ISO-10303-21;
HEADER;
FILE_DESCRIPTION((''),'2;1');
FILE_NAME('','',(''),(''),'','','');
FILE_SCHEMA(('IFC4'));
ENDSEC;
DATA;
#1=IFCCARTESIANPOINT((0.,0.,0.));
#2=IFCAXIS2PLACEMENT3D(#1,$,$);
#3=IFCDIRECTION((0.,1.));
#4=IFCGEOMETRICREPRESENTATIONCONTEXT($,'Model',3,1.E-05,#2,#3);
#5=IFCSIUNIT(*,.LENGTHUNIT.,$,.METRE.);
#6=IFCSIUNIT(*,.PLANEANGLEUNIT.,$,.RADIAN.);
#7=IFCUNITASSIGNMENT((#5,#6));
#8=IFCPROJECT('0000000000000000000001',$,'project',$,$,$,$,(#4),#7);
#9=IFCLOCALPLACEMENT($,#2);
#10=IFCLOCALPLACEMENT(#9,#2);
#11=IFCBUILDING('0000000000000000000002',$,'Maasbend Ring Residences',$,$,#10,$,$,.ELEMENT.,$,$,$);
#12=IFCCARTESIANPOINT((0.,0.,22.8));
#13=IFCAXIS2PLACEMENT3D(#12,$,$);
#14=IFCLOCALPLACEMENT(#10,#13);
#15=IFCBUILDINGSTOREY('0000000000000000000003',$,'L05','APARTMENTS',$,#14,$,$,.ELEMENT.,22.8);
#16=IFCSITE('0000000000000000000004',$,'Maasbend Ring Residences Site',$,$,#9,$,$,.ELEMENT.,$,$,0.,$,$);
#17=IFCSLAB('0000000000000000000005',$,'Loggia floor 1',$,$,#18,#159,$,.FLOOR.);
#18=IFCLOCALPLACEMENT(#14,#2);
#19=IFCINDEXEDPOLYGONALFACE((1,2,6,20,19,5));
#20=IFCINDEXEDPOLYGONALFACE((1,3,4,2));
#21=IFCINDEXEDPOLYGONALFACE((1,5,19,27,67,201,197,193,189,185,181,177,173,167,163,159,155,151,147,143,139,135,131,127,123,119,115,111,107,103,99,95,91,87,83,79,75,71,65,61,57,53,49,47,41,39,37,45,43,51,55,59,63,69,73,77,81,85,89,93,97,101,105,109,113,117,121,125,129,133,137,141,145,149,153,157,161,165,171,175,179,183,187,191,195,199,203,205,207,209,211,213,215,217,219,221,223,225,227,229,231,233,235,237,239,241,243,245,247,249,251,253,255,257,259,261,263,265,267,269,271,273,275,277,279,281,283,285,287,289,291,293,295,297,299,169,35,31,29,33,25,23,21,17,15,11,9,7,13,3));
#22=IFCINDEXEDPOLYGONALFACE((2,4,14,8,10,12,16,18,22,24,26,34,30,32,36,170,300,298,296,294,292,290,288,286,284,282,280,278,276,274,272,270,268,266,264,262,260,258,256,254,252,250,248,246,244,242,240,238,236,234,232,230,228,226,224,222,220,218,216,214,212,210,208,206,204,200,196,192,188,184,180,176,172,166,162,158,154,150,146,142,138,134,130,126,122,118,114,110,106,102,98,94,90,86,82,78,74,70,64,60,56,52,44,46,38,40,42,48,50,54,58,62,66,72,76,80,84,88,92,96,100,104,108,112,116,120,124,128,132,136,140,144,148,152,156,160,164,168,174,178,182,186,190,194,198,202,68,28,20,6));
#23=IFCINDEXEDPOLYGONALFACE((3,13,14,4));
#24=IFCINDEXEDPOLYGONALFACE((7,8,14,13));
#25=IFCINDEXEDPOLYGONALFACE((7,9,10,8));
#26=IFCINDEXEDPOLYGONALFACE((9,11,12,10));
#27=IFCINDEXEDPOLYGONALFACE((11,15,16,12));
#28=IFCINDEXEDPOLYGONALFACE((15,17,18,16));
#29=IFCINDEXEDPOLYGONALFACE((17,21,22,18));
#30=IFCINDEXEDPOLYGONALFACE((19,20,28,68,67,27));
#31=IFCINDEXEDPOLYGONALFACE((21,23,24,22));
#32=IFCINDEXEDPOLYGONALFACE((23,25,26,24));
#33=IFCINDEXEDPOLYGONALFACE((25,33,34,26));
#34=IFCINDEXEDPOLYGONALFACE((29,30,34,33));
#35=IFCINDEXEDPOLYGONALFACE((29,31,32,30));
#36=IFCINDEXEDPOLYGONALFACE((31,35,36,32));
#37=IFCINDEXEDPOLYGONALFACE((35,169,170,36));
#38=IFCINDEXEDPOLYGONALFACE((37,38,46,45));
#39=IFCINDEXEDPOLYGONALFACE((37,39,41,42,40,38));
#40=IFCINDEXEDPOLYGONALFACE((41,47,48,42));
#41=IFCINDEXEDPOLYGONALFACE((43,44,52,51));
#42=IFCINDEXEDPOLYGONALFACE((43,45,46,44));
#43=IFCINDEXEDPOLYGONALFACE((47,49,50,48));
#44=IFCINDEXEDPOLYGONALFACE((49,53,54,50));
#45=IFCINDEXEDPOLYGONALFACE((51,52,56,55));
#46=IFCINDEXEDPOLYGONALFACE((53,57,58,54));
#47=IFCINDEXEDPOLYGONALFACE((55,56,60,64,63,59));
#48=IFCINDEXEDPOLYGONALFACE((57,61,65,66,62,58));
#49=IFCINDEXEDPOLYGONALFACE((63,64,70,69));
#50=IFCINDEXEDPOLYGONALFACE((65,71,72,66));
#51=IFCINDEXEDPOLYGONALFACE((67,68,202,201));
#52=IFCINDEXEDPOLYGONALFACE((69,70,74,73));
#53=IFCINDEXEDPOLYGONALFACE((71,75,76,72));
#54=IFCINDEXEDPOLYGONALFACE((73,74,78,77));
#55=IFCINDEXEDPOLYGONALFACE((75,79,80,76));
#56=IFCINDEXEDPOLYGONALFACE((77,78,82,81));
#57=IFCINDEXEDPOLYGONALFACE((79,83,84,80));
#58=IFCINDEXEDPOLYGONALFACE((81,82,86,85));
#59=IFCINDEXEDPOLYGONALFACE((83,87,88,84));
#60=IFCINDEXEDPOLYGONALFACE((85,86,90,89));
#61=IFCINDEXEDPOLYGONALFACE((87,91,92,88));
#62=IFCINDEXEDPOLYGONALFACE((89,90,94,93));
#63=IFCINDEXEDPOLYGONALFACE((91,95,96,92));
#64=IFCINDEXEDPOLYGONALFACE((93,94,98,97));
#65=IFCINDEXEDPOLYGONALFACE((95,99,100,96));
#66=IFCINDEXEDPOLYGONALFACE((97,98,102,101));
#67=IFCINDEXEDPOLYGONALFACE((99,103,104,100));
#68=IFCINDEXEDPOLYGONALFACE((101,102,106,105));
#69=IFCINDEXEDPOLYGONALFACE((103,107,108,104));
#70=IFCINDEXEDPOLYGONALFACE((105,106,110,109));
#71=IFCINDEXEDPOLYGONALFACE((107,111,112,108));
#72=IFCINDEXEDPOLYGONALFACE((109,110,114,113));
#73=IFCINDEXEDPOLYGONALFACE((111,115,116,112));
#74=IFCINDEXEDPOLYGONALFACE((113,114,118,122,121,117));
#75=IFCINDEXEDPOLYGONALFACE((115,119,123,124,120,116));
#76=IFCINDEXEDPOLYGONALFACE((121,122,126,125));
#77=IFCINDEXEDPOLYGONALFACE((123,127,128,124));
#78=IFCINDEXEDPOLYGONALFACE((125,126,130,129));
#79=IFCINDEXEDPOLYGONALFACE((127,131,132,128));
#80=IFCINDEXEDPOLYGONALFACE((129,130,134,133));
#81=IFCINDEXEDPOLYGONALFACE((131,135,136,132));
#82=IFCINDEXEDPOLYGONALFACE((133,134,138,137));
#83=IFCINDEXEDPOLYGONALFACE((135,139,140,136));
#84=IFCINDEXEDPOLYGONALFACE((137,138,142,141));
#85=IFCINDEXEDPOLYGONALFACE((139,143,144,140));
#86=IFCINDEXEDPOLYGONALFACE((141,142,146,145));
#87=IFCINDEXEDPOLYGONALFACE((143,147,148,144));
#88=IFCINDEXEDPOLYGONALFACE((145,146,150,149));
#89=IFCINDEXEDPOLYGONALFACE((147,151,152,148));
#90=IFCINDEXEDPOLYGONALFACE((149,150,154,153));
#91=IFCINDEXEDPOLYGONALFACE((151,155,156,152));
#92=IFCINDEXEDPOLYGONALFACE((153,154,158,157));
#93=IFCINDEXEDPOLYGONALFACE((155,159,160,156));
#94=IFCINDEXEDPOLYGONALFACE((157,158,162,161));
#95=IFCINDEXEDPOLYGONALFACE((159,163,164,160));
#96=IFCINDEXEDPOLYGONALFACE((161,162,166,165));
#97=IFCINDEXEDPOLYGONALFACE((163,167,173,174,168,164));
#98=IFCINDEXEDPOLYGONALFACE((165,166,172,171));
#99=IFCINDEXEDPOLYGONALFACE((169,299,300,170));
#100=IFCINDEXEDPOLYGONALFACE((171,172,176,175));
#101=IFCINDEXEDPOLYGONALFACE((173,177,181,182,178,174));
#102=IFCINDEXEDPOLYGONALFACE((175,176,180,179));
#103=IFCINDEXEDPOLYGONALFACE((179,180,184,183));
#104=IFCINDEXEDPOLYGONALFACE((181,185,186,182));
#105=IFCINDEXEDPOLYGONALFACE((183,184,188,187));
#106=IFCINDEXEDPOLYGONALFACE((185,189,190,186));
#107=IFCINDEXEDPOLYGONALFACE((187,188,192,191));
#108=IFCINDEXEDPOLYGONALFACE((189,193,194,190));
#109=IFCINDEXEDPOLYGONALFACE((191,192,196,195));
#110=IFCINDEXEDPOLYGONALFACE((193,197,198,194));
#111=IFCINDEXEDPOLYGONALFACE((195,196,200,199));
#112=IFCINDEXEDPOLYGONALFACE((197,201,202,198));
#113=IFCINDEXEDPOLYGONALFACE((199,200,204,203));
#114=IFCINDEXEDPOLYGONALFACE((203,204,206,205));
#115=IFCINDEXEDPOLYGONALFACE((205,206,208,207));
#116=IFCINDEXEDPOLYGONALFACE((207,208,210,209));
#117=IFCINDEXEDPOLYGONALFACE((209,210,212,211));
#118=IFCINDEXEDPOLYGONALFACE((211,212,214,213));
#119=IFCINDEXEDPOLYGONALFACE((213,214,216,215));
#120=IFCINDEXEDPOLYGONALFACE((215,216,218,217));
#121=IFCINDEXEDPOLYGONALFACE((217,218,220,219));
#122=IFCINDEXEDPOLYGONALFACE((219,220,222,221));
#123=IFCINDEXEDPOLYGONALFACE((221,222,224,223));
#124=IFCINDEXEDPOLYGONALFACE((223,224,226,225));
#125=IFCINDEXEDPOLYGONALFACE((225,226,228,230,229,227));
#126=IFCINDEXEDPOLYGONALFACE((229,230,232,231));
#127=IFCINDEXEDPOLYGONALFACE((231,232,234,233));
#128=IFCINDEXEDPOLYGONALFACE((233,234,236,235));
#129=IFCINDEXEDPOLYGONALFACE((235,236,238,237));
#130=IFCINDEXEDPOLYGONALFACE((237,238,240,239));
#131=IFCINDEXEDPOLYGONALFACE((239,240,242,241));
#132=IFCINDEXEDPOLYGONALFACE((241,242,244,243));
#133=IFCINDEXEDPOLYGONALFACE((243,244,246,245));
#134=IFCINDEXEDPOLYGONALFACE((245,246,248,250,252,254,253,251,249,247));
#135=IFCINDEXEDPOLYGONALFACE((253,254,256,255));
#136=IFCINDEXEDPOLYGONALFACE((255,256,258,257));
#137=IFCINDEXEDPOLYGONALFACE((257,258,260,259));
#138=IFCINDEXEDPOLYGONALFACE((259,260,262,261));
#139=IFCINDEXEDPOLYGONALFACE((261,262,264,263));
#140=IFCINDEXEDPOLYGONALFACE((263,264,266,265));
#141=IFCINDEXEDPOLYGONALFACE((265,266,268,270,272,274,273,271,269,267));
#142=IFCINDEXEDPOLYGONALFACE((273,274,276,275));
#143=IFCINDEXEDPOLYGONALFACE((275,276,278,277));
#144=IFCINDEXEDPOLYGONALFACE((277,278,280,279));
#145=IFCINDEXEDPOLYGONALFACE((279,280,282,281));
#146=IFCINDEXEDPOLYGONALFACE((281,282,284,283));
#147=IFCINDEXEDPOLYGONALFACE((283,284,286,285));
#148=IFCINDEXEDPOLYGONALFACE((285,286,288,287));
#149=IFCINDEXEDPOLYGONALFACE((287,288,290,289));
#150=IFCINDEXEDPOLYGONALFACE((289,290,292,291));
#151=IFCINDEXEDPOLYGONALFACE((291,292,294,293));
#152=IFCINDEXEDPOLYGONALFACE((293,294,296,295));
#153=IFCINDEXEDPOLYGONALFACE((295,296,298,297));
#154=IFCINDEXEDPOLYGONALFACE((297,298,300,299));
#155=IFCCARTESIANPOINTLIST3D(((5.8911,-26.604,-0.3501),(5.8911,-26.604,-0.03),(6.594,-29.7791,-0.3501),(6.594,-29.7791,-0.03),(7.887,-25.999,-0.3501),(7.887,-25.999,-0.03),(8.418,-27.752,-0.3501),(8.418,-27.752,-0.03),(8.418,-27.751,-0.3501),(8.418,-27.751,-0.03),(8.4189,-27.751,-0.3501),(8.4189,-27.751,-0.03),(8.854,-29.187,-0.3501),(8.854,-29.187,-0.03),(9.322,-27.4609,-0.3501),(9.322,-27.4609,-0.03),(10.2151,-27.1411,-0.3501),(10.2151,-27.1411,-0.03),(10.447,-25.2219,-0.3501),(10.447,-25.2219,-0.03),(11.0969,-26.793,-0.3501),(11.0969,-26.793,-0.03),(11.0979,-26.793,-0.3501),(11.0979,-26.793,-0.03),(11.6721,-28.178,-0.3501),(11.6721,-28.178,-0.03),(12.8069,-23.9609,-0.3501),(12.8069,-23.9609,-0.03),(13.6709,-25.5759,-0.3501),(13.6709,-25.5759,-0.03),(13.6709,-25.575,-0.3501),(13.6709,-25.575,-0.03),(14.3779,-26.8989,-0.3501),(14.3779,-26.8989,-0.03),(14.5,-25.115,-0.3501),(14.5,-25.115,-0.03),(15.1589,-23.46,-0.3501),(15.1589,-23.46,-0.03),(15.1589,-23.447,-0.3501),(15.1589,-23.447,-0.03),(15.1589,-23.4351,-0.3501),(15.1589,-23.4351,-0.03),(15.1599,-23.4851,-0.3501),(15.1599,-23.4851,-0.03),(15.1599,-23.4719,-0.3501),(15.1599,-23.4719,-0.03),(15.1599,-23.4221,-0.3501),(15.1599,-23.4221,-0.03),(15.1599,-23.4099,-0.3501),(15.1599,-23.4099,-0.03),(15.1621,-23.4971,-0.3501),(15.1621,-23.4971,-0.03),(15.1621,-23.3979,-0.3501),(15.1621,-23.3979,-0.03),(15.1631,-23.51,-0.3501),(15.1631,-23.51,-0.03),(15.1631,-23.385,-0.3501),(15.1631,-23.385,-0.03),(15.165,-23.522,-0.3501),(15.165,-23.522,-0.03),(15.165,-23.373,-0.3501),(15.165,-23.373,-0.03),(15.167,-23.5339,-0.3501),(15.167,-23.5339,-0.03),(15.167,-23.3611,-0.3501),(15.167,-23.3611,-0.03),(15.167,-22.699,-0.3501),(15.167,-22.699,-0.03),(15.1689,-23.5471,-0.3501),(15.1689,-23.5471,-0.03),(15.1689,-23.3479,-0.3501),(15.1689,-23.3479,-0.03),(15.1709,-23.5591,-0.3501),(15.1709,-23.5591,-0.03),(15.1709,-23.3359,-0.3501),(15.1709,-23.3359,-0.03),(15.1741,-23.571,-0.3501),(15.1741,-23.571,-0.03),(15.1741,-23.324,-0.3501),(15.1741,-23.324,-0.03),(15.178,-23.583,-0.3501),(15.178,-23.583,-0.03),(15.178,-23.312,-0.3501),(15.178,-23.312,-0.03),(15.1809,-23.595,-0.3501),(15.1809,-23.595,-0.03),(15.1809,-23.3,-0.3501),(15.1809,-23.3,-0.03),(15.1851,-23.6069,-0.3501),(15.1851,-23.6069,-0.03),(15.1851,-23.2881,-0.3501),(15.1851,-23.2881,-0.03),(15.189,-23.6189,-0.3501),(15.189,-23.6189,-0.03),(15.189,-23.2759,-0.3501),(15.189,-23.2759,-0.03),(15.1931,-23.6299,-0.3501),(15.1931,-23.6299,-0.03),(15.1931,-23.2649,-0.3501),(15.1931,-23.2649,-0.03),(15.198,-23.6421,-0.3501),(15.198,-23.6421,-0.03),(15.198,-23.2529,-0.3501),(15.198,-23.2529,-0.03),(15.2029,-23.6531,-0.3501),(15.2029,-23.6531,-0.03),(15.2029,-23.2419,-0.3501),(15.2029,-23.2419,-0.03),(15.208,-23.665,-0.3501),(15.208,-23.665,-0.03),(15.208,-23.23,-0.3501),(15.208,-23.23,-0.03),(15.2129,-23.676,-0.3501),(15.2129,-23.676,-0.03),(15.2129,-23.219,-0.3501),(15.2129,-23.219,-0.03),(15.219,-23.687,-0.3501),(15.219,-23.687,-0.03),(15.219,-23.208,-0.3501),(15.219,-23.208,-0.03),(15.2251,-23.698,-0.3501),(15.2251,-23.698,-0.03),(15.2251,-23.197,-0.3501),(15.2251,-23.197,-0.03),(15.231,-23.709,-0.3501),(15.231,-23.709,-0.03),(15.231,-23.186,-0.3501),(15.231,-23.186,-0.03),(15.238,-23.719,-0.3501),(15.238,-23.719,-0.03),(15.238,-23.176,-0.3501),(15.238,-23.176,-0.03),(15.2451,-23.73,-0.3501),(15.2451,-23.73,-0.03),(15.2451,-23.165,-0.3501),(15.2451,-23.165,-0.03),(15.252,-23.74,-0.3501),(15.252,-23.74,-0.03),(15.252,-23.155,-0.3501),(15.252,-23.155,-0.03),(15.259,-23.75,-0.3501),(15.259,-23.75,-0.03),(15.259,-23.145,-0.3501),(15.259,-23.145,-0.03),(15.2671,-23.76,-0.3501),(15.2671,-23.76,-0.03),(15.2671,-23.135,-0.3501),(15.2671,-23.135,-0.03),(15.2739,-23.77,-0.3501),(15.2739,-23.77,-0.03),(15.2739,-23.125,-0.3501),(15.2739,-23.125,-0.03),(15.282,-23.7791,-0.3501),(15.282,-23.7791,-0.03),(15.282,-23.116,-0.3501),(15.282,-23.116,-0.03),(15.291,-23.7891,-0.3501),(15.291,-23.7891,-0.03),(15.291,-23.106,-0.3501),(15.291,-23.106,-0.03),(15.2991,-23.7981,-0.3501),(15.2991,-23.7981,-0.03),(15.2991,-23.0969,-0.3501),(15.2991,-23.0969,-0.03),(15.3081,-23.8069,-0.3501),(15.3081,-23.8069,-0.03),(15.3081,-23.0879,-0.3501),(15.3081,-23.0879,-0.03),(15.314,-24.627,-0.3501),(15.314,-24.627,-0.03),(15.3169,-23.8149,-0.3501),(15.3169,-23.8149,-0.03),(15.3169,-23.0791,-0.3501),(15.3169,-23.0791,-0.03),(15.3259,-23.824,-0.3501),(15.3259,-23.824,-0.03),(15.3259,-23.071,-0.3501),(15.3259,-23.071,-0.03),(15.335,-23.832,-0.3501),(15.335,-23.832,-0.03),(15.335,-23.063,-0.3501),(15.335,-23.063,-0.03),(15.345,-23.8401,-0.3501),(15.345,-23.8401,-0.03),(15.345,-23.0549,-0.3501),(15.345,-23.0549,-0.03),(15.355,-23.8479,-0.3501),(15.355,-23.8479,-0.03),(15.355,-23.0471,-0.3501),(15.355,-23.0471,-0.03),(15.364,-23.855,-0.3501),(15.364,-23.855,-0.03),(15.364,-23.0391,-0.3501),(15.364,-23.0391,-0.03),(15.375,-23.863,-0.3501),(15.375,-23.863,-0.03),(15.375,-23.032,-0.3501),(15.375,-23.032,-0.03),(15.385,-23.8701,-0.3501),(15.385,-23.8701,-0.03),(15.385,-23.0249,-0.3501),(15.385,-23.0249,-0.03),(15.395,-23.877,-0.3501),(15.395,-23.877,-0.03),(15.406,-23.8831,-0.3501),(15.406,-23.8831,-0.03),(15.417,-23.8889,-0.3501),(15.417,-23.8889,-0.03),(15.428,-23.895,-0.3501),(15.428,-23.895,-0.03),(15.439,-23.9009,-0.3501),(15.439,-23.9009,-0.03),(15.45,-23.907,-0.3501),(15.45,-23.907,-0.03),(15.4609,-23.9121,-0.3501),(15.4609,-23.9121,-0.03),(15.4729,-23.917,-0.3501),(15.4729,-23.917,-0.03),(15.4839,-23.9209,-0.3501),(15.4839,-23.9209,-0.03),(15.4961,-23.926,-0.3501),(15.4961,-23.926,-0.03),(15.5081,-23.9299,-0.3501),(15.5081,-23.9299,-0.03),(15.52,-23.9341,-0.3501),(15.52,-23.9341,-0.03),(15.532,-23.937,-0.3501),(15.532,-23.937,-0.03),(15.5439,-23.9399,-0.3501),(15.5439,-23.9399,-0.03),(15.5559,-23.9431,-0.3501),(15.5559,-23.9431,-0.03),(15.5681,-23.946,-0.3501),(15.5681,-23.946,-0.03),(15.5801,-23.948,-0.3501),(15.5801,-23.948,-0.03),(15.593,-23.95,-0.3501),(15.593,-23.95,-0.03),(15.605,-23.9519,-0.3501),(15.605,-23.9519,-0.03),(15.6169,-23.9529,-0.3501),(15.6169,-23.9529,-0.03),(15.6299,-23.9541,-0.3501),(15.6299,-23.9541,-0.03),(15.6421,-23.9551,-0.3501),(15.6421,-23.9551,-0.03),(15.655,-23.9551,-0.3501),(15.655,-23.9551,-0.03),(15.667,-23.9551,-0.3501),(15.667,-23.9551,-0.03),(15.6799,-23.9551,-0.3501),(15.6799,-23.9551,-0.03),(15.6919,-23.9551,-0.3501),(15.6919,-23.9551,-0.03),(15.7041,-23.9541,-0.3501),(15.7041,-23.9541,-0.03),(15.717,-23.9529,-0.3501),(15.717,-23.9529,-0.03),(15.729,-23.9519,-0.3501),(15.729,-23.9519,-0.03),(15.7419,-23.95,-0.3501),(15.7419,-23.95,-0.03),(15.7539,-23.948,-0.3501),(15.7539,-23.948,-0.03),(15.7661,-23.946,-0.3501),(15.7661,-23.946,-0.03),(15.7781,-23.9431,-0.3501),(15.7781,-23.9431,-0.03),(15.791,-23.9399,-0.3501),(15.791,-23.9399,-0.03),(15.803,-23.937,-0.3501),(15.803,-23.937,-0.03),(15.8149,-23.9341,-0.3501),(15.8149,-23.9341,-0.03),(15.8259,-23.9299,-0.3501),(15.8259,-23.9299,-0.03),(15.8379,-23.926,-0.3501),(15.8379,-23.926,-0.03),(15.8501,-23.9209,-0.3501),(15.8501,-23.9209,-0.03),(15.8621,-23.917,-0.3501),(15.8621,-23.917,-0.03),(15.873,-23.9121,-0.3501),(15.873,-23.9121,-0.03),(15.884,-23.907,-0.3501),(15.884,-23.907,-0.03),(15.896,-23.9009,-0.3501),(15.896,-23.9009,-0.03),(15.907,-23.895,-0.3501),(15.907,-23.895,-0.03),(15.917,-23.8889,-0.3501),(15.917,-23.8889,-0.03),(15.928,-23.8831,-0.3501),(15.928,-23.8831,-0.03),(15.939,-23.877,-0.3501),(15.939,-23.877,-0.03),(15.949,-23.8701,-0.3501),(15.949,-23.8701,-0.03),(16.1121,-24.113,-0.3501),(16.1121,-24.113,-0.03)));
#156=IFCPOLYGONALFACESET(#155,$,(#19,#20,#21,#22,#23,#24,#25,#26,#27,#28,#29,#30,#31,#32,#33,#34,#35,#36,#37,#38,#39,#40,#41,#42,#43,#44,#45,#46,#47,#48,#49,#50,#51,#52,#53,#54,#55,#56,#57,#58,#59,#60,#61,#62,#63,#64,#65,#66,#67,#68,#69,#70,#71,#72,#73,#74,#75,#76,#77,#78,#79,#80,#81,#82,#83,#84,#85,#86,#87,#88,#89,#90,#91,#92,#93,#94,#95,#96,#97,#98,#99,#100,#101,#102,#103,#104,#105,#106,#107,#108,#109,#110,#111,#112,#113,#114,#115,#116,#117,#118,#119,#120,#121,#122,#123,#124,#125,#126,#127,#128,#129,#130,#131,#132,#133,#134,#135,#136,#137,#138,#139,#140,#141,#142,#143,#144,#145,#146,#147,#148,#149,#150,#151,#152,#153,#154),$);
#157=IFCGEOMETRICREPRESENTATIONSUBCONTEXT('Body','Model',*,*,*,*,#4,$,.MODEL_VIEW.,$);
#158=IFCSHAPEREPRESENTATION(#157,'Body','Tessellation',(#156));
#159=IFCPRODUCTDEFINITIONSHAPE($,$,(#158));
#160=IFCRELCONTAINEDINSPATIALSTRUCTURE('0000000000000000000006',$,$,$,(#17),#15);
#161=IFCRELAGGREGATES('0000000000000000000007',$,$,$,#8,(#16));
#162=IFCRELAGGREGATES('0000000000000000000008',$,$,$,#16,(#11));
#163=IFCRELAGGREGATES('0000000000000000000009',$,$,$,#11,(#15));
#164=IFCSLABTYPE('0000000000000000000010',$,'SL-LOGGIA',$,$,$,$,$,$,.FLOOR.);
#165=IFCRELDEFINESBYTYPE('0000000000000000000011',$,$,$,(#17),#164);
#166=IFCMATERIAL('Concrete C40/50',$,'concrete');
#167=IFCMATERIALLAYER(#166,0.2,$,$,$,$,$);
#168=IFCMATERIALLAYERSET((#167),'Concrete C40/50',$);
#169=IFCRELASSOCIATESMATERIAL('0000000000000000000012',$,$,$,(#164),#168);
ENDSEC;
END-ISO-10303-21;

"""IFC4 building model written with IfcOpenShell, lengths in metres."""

from ifc_helpers import new_model, si_unit, direction, frame, origin, place, context, subcontext, project, spatial, polyline, outline, extrude, material, layer, layer_set, type_object, element, save


model = new_model("IFC4")

# Units and contexts
model_context = context("Model", 3, precision=1e-05, world=origin(), true_north=direction((0.0, 1.0)))
body_context = subcontext(model_context, "Body", "Model", "MODEL_VIEW")
ifc_project = project(units=[si_unit("LENGTHUNIT", "METRE"), si_unit("PLANEANGLEUNIT", "RADIAN")], contexts=[model_context])

# Site, building, storey
site_placement = place(None, origin())
site = spatial("IfcSite", under=ifc_project, at=site_placement, Name="Maasbend Ring Residences Site", CompositionType="ELEMENT", RefElevation=0.0)
building_placement = place(site_placement, origin())
building = spatial("IfcBuilding", under=site, at=building_placement, Name="Maasbend Ring Residences", CompositionType="ELEMENT")
storey_placement = place(building_placement, frame((0.0, 0.0, 22.8)))
storey = spatial("IfcBuildingStorey", under=building, at=storey_placement, Name="L05", Description="APARTMENTS", CompositionType="ELEMENT", Elevation=22.8)

# Slab
ifc_material_1 = material(Name="Concrete C40/50", Category="concrete")
ifc_layer_1 = layer(ifc_material_1, 0.2)
ifc_layer_set_1 = layer_set([ifc_layer_1], Name="Concrete C40/50")
slab_type = type_object("IfcSlabType", Name="SL-LOGGIA", PredefinedType="FLOOR", material=ifc_layer_set_1)
slab_1_placement = place(storey_placement, frame((0.0, 0.0, -0.3501)))
element("IfcSlab", 1, at=slab_1_placement, inside=storey, type_object=slab_type, Name="Loggia floor 1", PredefinedType="FLOOR", context=body_context, shape_type="SweptSolid", body=[
    extrude(outline(polyline([(10.447, -25.2219), (12.8069, -23.9609), (15.167, -22.699), (15.167, -22.699), (15.167, -22.699), (15.385, -23.0249), (15.375, -23.032), (15.364, -23.0391), (15.355, -23.0471), (15.345, -23.0549), (15.335, -23.063), (15.3259, -23.071), (15.3169, -23.0791), (15.3081, -23.0879), (15.2991, -23.0969), (15.291, -23.106), (15.282, -23.116), (15.2739, -23.125), (15.2671, -23.135), (15.259, -23.145), (15.252, -23.155), (15.2451, -23.165), (15.238, -23.176), (15.231, -23.186), (15.2251, -23.197), (15.219, -23.208), (15.2129, -23.219), (15.208, -23.23), (15.2029, -23.2419), (15.198, -23.2529), (15.1931, -23.2649), (15.189, -23.2759), (15.1851, -23.2881), (15.1809, -23.3), (15.178, -23.312), (15.1741, -23.324), (15.1709, -23.3359), (15.1689, -23.3479), (15.167, -23.3611), (15.165, -23.373), (15.1631, -23.385), (15.1621, -23.3979), (15.1599, -23.4099), (15.1599, -23.4221), (15.1589, -23.4351), (15.1589, -23.447), (15.1589, -23.46), (15.1599, -23.4719), (15.1599, -23.4851), (15.1621, -23.4971), (15.1631, -23.51), (15.165, -23.522), (15.167, -23.5339), (15.1689, -23.5471), (15.1709, -23.5591), (15.1741, -23.571), (15.178, -23.583), (15.1809, -23.595), (15.1851, -23.6069), (15.189, -23.6189), (15.1931, -23.6299), (15.198, -23.6421), (15.2029, -23.6531), (15.208, -23.665), (15.2129, -23.676), (15.219, -23.687), (15.2251, -23.698), (15.231, -23.709), (15.238, -23.719), (15.2451, -23.73), (15.252, -23.74), (15.259, -23.75), (15.2671, -23.76), (15.2739, -23.77), (15.282, -23.7791), (15.291, -23.7891), (15.2991, -23.7981), (15.3081, -23.8069), (15.3169, -23.8149), (15.3259, -23.824), (15.335, -23.832), (15.345, -23.8401), (15.355, -23.8479), (15.364, -23.855), (15.375, -23.863), (15.385, -23.8701), (15.395, -23.877), (15.406, -23.8831), (15.417, -23.8889), (15.428, -23.895), (15.439, -23.9009), (15.45, -23.907), (15.4609, -23.9121), (15.4729, -23.917), (15.4839, -23.9209), (15.4961, -23.926), (15.5081, -23.9299), (15.52, -23.9341), (15.532, -23.937), (15.5439, -23.9399), (15.5559, -23.9431), (15.5681, -23.946), (15.5801, -23.948), (15.593, -23.95), (15.605, -23.9519), (15.6169, -23.9529), (15.6299, -23.9541), (15.6421, -23.9551), (15.655, -23.9551), (15.667, -23.9551), (15.6799, -23.9551), (15.6919, -23.9551), (15.7041, -23.9541), (15.717, -23.9529), (15.729, -23.9519), (15.7419, -23.95), (15.7539, -23.948), (15.7661, -23.946), (15.7781, -23.9431), (15.791, -23.9399), (15.803, -23.937), (15.8149, -23.9341), (15.8259, -23.9299), (15.8379, -23.926), (15.8501, -23.9209), (15.8621, -23.917), (15.873, -23.9121), (15.884, -23.907), (15.896, -23.9009), (15.907, -23.895), (15.917, -23.8889), (15.928, -23.8831), (15.939, -23.877), (15.949, -23.8701), (16.1121, -24.113), (16.1121, -24.113), (16.1121, -24.113), (15.314, -24.627), (15.314, -24.627), (14.5, -25.115), (14.5, -25.115), (13.6709, -25.575), (13.6709, -25.5759), (13.6709, -25.5759), (13.6709, -25.5759), (13.6709, -25.5759), (13.6709, -25.5759), (13.6709, -25.5759), (13.6709, -25.5759), (13.6709, -25.5759), (13.6709, -25.5759), (13.6709, -25.5759), (13.6709, -25.5759), (13.6709, -25.5759), (13.6709, -25.5759), (13.6709, -25.5759), (13.6709, -25.5759), (13.6709, -25.5759), (14.3779, -26.8989), (14.3779, -26.8989), (14.3779, -26.8989), (11.6721, -28.178), (11.6721, -28.178), (11.6721, -28.178), (11.0979, -26.793), (11.0979, -26.793), (11.0979, -26.793), (11.0979, -26.793), (11.0979, -26.793), (11.0979, -26.793), (11.0979, -26.793), (11.0979, -26.793), (11.0979, -26.793), (11.0979, -26.793), (11.0979, -26.793), (11.0979, -26.793), (11.0979, -26.793), (11.0979, -26.793), (11.0969, -26.793), (11.0969, -26.793), (11.0969, -26.793), (10.2151, -27.1411), (10.2151, -27.1411), (9.322, -27.4609), (9.322, -27.4609), (8.4189, -27.751), (8.4189, -27.751), (8.4189, -27.751), (8.4189, -27.751), (8.4189, -27.751), (8.4189, -27.751), (8.418, -27.751), (8.418, -27.751), (8.418, -27.751), (8.418, -27.751), (8.418, -27.751), (8.418, -27.752), (8.418, -27.752), (8.418, -27.752), (8.418, -27.752), (8.418, -27.752), (8.418, -27.752), (8.854, -29.187), (8.854, -29.187), (8.854, -29.187), (6.594, -29.7791), (6.594, -29.7791), (6.594, -29.7791), (5.8911, -26.604), (5.8911, -26.604), (5.8911, -26.604), (7.887, -25.999), (10.447, -25.2219), (10.447, -25.2219), (10.447, -25.2219)])), origin(), (0.0, 0.0, 1.0), 0.3201),
])

save(model, "model.ifc")
